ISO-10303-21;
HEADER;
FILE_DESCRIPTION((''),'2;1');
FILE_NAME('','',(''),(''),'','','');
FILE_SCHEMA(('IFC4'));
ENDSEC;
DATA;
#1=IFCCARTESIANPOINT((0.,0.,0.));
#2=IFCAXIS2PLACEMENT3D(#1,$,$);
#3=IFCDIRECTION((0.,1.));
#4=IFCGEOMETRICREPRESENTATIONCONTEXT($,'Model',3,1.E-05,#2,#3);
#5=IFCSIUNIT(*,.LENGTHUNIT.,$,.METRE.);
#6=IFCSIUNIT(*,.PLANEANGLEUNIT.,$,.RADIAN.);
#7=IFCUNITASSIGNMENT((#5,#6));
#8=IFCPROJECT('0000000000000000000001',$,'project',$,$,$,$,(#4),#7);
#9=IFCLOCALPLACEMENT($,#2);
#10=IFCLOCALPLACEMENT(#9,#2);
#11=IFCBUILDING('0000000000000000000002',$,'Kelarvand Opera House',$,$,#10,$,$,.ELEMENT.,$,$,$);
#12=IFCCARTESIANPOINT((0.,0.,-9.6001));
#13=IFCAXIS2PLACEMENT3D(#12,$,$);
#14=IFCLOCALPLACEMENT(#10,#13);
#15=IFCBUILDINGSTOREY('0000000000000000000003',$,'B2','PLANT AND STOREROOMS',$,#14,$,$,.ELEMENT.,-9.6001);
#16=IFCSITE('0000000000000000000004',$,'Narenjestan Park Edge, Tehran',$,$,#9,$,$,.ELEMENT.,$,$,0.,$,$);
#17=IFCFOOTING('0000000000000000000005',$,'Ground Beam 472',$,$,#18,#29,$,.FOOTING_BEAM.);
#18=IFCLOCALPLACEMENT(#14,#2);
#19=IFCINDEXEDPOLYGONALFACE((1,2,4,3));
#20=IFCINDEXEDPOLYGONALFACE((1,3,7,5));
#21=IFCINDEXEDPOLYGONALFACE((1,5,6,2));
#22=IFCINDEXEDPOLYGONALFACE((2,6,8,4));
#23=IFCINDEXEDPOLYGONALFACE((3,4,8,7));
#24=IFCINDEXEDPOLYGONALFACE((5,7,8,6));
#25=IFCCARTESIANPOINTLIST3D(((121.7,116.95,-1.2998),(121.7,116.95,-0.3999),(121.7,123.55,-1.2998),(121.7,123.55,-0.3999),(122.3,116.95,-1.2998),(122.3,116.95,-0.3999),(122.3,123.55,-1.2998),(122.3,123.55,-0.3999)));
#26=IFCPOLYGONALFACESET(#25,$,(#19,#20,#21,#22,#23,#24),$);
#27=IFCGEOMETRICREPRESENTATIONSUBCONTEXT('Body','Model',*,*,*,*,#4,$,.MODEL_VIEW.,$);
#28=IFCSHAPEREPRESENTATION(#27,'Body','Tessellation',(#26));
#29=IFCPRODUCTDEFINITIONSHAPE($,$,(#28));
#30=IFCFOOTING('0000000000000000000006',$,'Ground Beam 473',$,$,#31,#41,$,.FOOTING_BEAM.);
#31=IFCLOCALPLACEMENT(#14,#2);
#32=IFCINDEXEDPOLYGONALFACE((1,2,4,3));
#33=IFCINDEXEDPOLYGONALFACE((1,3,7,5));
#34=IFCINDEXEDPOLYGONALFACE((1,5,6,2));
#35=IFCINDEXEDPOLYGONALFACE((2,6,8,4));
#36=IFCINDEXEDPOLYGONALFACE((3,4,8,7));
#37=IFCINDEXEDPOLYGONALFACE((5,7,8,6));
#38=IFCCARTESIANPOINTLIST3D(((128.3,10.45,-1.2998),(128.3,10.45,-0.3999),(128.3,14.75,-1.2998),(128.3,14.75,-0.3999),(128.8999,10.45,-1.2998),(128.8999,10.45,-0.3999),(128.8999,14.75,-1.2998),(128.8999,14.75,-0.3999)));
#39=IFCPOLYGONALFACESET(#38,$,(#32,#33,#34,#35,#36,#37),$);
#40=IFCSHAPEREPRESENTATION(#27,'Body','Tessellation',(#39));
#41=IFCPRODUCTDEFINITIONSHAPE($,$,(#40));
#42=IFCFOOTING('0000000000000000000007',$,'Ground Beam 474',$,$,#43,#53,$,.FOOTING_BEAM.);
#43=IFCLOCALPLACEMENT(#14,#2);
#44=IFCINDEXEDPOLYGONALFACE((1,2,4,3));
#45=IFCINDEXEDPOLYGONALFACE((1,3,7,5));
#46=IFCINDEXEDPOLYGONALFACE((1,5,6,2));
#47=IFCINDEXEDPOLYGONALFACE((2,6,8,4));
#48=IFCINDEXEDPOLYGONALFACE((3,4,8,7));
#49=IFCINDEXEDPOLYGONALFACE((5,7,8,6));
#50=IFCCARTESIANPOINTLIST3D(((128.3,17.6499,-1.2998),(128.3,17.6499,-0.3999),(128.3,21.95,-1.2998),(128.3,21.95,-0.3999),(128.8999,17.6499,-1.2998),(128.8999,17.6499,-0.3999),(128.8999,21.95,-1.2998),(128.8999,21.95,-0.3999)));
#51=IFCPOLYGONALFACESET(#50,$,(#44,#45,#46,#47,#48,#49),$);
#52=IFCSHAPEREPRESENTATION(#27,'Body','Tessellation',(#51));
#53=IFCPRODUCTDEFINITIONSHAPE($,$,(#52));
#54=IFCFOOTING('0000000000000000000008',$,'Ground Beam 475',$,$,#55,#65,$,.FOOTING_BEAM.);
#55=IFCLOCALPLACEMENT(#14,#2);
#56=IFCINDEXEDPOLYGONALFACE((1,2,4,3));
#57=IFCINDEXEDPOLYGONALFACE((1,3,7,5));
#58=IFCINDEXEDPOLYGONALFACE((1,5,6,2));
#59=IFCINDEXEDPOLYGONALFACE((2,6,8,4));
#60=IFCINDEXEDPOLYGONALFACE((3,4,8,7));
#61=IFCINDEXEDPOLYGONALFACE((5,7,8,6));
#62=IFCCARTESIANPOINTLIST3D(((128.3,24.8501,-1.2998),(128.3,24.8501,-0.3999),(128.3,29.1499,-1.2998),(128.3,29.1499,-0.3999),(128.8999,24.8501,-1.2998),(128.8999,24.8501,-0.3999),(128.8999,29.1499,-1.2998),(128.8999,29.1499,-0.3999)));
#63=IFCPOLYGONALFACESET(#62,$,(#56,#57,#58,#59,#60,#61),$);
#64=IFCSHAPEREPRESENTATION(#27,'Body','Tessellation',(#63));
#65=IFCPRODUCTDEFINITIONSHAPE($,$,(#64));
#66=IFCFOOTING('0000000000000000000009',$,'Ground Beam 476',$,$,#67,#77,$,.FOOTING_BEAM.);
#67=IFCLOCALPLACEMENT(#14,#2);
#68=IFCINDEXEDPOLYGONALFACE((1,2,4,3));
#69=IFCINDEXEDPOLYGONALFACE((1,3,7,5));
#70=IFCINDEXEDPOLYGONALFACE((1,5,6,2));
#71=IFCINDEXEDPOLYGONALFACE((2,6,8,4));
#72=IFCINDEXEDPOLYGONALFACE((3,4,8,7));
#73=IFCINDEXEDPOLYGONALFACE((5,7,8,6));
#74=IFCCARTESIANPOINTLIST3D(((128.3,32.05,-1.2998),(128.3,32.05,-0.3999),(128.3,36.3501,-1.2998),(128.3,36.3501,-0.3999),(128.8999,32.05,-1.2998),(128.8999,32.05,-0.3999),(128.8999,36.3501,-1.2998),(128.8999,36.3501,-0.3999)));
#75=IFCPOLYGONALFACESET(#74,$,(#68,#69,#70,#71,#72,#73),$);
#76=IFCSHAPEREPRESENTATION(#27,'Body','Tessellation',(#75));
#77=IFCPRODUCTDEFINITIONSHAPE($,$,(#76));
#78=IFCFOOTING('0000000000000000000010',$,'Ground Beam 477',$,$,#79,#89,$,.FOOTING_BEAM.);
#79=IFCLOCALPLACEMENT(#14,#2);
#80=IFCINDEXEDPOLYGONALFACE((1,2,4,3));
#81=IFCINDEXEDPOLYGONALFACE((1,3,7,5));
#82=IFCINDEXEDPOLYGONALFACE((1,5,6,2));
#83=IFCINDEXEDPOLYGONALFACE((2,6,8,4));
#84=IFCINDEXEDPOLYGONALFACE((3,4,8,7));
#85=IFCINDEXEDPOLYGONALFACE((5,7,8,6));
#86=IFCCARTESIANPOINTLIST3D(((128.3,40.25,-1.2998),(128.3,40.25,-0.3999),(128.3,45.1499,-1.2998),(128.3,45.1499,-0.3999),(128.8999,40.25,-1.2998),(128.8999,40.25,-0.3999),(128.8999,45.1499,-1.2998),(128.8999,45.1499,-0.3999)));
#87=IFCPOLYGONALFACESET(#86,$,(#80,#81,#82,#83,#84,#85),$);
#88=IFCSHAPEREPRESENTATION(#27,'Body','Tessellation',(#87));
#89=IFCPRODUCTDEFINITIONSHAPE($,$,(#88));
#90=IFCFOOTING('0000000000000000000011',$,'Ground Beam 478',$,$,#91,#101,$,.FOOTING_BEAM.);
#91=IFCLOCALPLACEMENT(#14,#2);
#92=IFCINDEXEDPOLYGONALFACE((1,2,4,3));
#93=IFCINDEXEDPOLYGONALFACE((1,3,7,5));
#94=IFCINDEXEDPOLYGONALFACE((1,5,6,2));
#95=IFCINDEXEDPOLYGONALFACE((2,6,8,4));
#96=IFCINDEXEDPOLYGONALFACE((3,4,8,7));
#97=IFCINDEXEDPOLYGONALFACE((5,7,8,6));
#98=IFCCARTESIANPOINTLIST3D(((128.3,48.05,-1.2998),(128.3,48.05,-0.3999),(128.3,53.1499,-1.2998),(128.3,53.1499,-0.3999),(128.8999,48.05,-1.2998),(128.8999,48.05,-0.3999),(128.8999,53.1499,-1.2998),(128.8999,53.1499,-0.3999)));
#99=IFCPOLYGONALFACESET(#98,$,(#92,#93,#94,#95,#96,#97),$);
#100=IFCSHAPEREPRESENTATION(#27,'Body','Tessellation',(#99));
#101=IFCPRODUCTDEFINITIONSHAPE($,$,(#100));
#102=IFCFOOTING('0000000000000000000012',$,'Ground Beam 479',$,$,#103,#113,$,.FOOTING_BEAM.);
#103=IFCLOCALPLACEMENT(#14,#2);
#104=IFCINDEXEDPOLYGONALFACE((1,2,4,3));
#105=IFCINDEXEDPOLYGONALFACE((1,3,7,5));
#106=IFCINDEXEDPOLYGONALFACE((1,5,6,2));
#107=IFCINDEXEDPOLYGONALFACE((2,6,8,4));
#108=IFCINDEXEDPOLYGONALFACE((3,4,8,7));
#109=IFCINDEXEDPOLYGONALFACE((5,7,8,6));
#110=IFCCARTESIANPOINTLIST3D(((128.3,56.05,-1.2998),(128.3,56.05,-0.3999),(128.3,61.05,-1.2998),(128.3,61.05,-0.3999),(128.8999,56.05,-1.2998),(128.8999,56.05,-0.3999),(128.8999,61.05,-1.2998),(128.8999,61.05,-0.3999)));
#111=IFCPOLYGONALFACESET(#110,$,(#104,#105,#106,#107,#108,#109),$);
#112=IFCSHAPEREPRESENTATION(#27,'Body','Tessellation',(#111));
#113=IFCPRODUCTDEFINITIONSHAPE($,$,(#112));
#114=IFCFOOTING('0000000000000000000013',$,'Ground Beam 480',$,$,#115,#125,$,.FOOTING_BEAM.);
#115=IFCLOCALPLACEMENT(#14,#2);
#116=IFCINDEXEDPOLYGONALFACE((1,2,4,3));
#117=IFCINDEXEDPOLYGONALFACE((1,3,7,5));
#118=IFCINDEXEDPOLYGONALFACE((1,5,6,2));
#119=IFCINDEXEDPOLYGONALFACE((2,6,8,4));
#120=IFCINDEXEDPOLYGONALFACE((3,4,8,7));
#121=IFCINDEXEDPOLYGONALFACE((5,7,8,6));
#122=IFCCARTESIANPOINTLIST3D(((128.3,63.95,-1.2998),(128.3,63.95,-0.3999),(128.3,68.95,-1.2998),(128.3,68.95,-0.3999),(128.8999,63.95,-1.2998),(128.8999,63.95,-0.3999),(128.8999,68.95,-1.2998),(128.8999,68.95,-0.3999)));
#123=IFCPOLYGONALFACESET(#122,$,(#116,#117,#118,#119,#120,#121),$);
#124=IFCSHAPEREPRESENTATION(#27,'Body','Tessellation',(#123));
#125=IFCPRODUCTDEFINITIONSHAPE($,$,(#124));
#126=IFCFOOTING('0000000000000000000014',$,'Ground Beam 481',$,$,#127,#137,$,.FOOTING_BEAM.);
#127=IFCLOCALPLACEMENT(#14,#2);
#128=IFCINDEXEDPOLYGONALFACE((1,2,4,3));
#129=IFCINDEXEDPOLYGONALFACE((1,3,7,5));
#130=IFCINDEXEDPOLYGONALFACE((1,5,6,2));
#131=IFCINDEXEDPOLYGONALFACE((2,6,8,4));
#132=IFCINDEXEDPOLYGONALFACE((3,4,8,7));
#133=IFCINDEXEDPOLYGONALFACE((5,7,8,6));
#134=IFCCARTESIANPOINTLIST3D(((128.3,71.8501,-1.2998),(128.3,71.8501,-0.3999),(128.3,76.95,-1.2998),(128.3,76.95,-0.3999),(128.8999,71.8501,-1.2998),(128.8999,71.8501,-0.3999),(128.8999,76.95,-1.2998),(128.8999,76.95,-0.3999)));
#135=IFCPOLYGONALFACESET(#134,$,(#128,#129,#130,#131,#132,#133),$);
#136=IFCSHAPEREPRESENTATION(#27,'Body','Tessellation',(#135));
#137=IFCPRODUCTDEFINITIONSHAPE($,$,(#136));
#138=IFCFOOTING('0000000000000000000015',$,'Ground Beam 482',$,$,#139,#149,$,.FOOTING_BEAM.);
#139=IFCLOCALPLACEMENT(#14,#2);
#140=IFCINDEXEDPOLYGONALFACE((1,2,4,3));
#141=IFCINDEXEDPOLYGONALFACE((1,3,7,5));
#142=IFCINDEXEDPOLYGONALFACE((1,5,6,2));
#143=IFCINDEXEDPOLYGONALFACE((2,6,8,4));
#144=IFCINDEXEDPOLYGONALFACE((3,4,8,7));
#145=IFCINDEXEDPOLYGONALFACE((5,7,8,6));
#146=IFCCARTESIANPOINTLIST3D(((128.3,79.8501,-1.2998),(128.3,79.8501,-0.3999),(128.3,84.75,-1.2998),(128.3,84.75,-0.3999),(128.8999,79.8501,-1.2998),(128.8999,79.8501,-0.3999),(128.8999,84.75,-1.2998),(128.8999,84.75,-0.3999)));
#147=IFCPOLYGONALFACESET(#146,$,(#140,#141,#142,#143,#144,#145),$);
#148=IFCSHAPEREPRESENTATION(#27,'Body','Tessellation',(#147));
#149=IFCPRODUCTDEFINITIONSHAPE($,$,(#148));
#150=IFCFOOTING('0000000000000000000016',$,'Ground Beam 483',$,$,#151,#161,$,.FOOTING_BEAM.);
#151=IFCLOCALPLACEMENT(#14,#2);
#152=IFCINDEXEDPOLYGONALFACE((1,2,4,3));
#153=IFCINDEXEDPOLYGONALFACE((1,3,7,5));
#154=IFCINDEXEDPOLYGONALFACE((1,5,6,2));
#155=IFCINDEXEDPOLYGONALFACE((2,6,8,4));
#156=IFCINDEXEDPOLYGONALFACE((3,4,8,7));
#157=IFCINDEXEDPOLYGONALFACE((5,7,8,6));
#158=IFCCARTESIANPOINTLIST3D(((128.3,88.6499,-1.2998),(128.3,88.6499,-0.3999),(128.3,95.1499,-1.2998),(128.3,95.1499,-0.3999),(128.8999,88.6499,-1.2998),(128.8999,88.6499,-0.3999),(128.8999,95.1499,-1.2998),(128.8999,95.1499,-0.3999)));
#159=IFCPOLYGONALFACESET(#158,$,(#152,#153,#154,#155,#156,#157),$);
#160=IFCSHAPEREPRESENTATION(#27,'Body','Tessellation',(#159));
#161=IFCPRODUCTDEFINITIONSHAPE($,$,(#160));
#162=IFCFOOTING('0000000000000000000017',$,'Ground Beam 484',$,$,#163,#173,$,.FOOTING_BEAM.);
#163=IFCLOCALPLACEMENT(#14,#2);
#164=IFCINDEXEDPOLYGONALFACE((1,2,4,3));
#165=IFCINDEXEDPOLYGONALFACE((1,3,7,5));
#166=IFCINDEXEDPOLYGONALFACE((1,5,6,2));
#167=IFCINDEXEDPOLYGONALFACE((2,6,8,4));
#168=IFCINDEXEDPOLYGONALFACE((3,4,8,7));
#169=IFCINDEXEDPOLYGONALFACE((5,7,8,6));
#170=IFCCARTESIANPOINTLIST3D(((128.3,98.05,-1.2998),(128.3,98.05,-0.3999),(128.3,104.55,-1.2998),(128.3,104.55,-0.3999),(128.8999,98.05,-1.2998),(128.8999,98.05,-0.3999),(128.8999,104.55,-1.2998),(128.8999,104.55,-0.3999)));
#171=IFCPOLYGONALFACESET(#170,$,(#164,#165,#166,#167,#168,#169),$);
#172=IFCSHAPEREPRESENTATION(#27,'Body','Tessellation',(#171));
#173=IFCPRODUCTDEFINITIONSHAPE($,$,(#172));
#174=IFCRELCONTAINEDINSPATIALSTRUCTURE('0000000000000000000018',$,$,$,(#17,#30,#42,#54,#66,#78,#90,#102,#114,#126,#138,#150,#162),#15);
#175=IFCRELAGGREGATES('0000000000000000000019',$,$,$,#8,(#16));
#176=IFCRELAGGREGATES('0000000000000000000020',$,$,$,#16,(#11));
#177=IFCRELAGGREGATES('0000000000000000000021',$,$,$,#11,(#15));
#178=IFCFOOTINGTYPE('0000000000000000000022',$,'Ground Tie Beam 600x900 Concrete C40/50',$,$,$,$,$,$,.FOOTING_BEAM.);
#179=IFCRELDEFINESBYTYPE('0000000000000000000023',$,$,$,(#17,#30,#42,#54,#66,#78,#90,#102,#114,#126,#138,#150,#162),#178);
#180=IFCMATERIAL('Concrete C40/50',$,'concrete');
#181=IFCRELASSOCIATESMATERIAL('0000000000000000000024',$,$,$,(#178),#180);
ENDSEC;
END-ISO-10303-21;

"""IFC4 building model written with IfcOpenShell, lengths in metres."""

from ifc_helpers import new_model, si_unit, direction, frame, origin, place, context, subcontext, project, spatial, polyline, outline, extrude, material, type_object, element, save


model = new_model("IFC4")

# Units and contexts
model_context = context("Model", 3, precision=1e-05, world=origin(), true_north=direction((0.0, 1.0)))
body_context = subcontext(model_context, "Body", "Model", "MODEL_VIEW")
ifc_project = project(units=[si_unit("LENGTHUNIT", "METRE"), si_unit("PLANEANGLEUNIT", "RADIAN")], contexts=[model_context])

# Site, building, storey
site_placement = place(None, origin())
site = spatial("IfcSite", under=ifc_project, at=site_placement, Name="Narenjestan Park Edge, Tehran", CompositionType="ELEMENT", RefElevation=0.0)
building_placement = place(site_placement, origin())
building = spatial("IfcBuilding", under=site, at=building_placement, Name="Kelarvand Opera House", CompositionType="ELEMENT")
storey_placement = place(building_placement, frame((0.0, 0.0, -9.6001)))
storey = spatial("IfcBuildingStorey", under=building, at=storey_placement, Name="B2", Description="PLANT AND STOREROOMS", CompositionType="ELEMENT", Elevation=-9.6001)

# Footings
ifc_material = material(Name="Concrete C40/50", Category="concrete")
footing_type = type_object("IfcFootingType", Name="Ground Tie Beam 600x900 Concrete C40/50", PredefinedType="FOOTING_BEAM", material=ifc_material)
footing_1_placement = place(storey_placement, frame((0.0, 0.0, -1.2998)))
element("IfcFooting", 1, at=footing_1_placement, inside=storey, type_object=footing_type, Name="Ground Beam 472", PredefinedType="FOOTING_BEAM", context=body_context, shape_type="SweptSolid", body=[
    extrude(outline(polyline([(121.7, 116.95), (122.3, 116.95), (122.3, 123.55), (121.7, 123.55), (121.7, 116.95)])), origin(), (0.0, 0.0, 1.0), 0.8999),
])
footing_2_placement = place(storey_placement, frame((0.0, 0.0, -1.2998)))
element("IfcFooting", 2, at=footing_2_placement, inside=storey, type_object=footing_type, Name="Ground Beam 473", PredefinedType="FOOTING_BEAM", context=body_context, shape_type="SweptSolid", body=[
    extrude(outline(polyline([(128.3, 10.45), (128.8999, 10.45), (128.8999, 14.75), (128.3, 14.75), (128.3, 10.45)])), origin(), (0.0, 0.0, 1.0), 0.8999),
])
footing_3_placement = place(storey_placement, frame((0.0, 0.0, -1.2998)))
element("IfcFooting", 3, at=footing_3_placement, inside=storey, type_object=footing_type, Name="Ground Beam 474", PredefinedType="FOOTING_BEAM", context=body_context, shape_type="SweptSolid", body=[
    extrude(outline(polyline([(128.3, 17.6499), (128.8999, 17.6499), (128.8999, 21.95), (128.3, 21.95), (128.3, 17.6499)])), origin(), (0.0, 0.0, 1.0), 0.8999),
])
footing_4_placement = place(storey_placement, frame((0.0, 0.0, -1.2998)))
element("IfcFooting", 4, at=footing_4_placement, inside=storey, type_object=footing_type, Name="Ground Beam 475", PredefinedType="FOOTING_BEAM", context=body_context, shape_type="SweptSolid", body=[
    extrude(outline(polyline([(128.3, 24.8501), (128.8999, 24.8501), (128.8999, 29.1499), (128.3, 29.1499), (128.3, 24.8501)])), origin(), (0.0, 0.0, 1.0), 0.8999),
])
footing_5_placement = place(storey_placement, frame((0.0, 0.0, -1.2998)))
element("IfcFooting", 5, at=footing_5_placement, inside=storey, type_object=footing_type, Name="Ground Beam 476", PredefinedType="FOOTING_BEAM", context=body_context, shape_type="SweptSolid", body=[
    extrude(outline(polyline([(128.3, 32.05), (128.8999, 32.05), (128.8999, 36.3501), (128.3, 36.3501), (128.3, 32.05)])), origin(), (0.0, 0.0, 1.0), 0.8999),
])
footing_6_placement = place(storey_placement, frame((0.0, 0.0, -1.2998)))
element("IfcFooting", 6, at=footing_6_placement, inside=storey, type_object=footing_type, Name="Ground Beam 477", PredefinedType="FOOTING_BEAM", context=body_context, shape_type="SweptSolid", body=[
    extrude(outline(polyline([(128.3, 40.25), (128.8999, 40.25), (128.8999, 45.1499), (128.3, 45.1499), (128.3, 40.25)])), origin(), (0.0, 0.0, 1.0), 0.8999),
])
footing_7_placement = place(storey_placement, frame((0.0, 0.0, -1.2998)))
element("IfcFooting", 7, at=footing_7_placement, inside=storey, type_object=footing_type, Name="Ground Beam 478", PredefinedType="FOOTING_BEAM", context=body_context, shape_type="SweptSolid", body=[
    extrude(outline(polyline([(128.3, 48.05), (128.8999, 48.05), (128.8999, 53.1499), (128.3, 53.1499), (128.3, 48.05)])), origin(), (0.0, 0.0, 1.0), 0.8999),
])
footing_8_placement = place(storey_placement, frame((0.0, 0.0, -1.2998)))
element("IfcFooting", 8, at=footing_8_placement, inside=storey, type_object=footing_type, Name="Ground Beam 479", PredefinedType="FOOTING_BEAM", context=body_context, shape_type="SweptSolid", body=[
    extrude(outline(polyline([(128.3, 56.05), (128.8999, 56.05), (128.8999, 61.05), (128.3, 61.05), (128.3, 56.05)])), origin(), (0.0, 0.0, 1.0), 0.8999),
])
footing_9_placement = place(storey_placement, frame((0.0, 0.0, -1.2998)))
element("IfcFooting", 9, at=footing_9_placement, inside=storey, type_object=footing_type, Name="Ground Beam 480", PredefinedType="FOOTING_BEAM", context=body_context, shape_type="SweptSolid", body=[
    extrude(outline(polyline([(128.3, 63.95), (128.8999, 63.95), (128.8999, 68.95), (128.3, 68.95), (128.3, 63.95)])), origin(), (0.0, 0.0, 1.0), 0.8999),
])
footing_10_placement = place(storey_placement, frame((0.0, 0.0, -1.2998)))
element("IfcFooting", 10, at=footing_10_placement, inside=storey, type_object=footing_type, Name="Ground Beam 481", PredefinedType="FOOTING_BEAM", context=body_context, shape_type="SweptSolid", body=[
    extrude(outline(polyline([(128.3, 71.8501), (128.8999, 71.8501), (128.8999, 76.95), (128.3, 76.95), (128.3, 71.8501)])), origin(), (0.0, 0.0, 1.0), 0.8999),
])
footing_11_placement = place(storey_placement, frame((0.0, 0.0, -1.2998)))
element("IfcFooting", 11, at=footing_11_placement, inside=storey, type_object=footing_type, Name="Ground Beam 482", PredefinedType="FOOTING_BEAM", context=body_context, shape_type="SweptSolid", body=[
    extrude(outline(polyline([(128.3, 79.8501), (128.8999, 79.8501), (128.8999, 84.75), (128.3, 84.75), (128.3, 79.8501)])), origin(), (0.0, 0.0, 1.0), 0.8999),
])
footing_12_placement = place(storey_placement, frame((0.0, 0.0, -1.2998)))
element("IfcFooting", 12, at=footing_12_placement, inside=storey, type_object=footing_type, Name="Ground Beam 483", PredefinedType="FOOTING_BEAM", context=body_context, shape_type="SweptSolid", body=[
    extrude(outline(polyline([(128.3, 88.6499), (128.8999, 88.6499), (128.8999, 95.1499), (128.3, 95.1499), (128.3, 88.6499)])), origin(), (0.0, 0.0, 1.0), 0.8999),
])
footing_13_placement = place(storey_placement, frame((0.0, 0.0, -1.2998)))
element("IfcFooting", 13, at=footing_13_placement, inside=storey, type_object=footing_type, Name="Ground Beam 484", PredefinedType="FOOTING_BEAM", context=body_context, shape_type="SweptSolid", body=[
    extrude(outline(polyline([(128.3, 98.05), (128.8999, 98.05), (128.8999, 104.55), (128.3, 104.55), (128.3, 98.05)])), origin(), (0.0, 0.0, 1.0), 0.8999),
])

save(model, "model.ifc")
